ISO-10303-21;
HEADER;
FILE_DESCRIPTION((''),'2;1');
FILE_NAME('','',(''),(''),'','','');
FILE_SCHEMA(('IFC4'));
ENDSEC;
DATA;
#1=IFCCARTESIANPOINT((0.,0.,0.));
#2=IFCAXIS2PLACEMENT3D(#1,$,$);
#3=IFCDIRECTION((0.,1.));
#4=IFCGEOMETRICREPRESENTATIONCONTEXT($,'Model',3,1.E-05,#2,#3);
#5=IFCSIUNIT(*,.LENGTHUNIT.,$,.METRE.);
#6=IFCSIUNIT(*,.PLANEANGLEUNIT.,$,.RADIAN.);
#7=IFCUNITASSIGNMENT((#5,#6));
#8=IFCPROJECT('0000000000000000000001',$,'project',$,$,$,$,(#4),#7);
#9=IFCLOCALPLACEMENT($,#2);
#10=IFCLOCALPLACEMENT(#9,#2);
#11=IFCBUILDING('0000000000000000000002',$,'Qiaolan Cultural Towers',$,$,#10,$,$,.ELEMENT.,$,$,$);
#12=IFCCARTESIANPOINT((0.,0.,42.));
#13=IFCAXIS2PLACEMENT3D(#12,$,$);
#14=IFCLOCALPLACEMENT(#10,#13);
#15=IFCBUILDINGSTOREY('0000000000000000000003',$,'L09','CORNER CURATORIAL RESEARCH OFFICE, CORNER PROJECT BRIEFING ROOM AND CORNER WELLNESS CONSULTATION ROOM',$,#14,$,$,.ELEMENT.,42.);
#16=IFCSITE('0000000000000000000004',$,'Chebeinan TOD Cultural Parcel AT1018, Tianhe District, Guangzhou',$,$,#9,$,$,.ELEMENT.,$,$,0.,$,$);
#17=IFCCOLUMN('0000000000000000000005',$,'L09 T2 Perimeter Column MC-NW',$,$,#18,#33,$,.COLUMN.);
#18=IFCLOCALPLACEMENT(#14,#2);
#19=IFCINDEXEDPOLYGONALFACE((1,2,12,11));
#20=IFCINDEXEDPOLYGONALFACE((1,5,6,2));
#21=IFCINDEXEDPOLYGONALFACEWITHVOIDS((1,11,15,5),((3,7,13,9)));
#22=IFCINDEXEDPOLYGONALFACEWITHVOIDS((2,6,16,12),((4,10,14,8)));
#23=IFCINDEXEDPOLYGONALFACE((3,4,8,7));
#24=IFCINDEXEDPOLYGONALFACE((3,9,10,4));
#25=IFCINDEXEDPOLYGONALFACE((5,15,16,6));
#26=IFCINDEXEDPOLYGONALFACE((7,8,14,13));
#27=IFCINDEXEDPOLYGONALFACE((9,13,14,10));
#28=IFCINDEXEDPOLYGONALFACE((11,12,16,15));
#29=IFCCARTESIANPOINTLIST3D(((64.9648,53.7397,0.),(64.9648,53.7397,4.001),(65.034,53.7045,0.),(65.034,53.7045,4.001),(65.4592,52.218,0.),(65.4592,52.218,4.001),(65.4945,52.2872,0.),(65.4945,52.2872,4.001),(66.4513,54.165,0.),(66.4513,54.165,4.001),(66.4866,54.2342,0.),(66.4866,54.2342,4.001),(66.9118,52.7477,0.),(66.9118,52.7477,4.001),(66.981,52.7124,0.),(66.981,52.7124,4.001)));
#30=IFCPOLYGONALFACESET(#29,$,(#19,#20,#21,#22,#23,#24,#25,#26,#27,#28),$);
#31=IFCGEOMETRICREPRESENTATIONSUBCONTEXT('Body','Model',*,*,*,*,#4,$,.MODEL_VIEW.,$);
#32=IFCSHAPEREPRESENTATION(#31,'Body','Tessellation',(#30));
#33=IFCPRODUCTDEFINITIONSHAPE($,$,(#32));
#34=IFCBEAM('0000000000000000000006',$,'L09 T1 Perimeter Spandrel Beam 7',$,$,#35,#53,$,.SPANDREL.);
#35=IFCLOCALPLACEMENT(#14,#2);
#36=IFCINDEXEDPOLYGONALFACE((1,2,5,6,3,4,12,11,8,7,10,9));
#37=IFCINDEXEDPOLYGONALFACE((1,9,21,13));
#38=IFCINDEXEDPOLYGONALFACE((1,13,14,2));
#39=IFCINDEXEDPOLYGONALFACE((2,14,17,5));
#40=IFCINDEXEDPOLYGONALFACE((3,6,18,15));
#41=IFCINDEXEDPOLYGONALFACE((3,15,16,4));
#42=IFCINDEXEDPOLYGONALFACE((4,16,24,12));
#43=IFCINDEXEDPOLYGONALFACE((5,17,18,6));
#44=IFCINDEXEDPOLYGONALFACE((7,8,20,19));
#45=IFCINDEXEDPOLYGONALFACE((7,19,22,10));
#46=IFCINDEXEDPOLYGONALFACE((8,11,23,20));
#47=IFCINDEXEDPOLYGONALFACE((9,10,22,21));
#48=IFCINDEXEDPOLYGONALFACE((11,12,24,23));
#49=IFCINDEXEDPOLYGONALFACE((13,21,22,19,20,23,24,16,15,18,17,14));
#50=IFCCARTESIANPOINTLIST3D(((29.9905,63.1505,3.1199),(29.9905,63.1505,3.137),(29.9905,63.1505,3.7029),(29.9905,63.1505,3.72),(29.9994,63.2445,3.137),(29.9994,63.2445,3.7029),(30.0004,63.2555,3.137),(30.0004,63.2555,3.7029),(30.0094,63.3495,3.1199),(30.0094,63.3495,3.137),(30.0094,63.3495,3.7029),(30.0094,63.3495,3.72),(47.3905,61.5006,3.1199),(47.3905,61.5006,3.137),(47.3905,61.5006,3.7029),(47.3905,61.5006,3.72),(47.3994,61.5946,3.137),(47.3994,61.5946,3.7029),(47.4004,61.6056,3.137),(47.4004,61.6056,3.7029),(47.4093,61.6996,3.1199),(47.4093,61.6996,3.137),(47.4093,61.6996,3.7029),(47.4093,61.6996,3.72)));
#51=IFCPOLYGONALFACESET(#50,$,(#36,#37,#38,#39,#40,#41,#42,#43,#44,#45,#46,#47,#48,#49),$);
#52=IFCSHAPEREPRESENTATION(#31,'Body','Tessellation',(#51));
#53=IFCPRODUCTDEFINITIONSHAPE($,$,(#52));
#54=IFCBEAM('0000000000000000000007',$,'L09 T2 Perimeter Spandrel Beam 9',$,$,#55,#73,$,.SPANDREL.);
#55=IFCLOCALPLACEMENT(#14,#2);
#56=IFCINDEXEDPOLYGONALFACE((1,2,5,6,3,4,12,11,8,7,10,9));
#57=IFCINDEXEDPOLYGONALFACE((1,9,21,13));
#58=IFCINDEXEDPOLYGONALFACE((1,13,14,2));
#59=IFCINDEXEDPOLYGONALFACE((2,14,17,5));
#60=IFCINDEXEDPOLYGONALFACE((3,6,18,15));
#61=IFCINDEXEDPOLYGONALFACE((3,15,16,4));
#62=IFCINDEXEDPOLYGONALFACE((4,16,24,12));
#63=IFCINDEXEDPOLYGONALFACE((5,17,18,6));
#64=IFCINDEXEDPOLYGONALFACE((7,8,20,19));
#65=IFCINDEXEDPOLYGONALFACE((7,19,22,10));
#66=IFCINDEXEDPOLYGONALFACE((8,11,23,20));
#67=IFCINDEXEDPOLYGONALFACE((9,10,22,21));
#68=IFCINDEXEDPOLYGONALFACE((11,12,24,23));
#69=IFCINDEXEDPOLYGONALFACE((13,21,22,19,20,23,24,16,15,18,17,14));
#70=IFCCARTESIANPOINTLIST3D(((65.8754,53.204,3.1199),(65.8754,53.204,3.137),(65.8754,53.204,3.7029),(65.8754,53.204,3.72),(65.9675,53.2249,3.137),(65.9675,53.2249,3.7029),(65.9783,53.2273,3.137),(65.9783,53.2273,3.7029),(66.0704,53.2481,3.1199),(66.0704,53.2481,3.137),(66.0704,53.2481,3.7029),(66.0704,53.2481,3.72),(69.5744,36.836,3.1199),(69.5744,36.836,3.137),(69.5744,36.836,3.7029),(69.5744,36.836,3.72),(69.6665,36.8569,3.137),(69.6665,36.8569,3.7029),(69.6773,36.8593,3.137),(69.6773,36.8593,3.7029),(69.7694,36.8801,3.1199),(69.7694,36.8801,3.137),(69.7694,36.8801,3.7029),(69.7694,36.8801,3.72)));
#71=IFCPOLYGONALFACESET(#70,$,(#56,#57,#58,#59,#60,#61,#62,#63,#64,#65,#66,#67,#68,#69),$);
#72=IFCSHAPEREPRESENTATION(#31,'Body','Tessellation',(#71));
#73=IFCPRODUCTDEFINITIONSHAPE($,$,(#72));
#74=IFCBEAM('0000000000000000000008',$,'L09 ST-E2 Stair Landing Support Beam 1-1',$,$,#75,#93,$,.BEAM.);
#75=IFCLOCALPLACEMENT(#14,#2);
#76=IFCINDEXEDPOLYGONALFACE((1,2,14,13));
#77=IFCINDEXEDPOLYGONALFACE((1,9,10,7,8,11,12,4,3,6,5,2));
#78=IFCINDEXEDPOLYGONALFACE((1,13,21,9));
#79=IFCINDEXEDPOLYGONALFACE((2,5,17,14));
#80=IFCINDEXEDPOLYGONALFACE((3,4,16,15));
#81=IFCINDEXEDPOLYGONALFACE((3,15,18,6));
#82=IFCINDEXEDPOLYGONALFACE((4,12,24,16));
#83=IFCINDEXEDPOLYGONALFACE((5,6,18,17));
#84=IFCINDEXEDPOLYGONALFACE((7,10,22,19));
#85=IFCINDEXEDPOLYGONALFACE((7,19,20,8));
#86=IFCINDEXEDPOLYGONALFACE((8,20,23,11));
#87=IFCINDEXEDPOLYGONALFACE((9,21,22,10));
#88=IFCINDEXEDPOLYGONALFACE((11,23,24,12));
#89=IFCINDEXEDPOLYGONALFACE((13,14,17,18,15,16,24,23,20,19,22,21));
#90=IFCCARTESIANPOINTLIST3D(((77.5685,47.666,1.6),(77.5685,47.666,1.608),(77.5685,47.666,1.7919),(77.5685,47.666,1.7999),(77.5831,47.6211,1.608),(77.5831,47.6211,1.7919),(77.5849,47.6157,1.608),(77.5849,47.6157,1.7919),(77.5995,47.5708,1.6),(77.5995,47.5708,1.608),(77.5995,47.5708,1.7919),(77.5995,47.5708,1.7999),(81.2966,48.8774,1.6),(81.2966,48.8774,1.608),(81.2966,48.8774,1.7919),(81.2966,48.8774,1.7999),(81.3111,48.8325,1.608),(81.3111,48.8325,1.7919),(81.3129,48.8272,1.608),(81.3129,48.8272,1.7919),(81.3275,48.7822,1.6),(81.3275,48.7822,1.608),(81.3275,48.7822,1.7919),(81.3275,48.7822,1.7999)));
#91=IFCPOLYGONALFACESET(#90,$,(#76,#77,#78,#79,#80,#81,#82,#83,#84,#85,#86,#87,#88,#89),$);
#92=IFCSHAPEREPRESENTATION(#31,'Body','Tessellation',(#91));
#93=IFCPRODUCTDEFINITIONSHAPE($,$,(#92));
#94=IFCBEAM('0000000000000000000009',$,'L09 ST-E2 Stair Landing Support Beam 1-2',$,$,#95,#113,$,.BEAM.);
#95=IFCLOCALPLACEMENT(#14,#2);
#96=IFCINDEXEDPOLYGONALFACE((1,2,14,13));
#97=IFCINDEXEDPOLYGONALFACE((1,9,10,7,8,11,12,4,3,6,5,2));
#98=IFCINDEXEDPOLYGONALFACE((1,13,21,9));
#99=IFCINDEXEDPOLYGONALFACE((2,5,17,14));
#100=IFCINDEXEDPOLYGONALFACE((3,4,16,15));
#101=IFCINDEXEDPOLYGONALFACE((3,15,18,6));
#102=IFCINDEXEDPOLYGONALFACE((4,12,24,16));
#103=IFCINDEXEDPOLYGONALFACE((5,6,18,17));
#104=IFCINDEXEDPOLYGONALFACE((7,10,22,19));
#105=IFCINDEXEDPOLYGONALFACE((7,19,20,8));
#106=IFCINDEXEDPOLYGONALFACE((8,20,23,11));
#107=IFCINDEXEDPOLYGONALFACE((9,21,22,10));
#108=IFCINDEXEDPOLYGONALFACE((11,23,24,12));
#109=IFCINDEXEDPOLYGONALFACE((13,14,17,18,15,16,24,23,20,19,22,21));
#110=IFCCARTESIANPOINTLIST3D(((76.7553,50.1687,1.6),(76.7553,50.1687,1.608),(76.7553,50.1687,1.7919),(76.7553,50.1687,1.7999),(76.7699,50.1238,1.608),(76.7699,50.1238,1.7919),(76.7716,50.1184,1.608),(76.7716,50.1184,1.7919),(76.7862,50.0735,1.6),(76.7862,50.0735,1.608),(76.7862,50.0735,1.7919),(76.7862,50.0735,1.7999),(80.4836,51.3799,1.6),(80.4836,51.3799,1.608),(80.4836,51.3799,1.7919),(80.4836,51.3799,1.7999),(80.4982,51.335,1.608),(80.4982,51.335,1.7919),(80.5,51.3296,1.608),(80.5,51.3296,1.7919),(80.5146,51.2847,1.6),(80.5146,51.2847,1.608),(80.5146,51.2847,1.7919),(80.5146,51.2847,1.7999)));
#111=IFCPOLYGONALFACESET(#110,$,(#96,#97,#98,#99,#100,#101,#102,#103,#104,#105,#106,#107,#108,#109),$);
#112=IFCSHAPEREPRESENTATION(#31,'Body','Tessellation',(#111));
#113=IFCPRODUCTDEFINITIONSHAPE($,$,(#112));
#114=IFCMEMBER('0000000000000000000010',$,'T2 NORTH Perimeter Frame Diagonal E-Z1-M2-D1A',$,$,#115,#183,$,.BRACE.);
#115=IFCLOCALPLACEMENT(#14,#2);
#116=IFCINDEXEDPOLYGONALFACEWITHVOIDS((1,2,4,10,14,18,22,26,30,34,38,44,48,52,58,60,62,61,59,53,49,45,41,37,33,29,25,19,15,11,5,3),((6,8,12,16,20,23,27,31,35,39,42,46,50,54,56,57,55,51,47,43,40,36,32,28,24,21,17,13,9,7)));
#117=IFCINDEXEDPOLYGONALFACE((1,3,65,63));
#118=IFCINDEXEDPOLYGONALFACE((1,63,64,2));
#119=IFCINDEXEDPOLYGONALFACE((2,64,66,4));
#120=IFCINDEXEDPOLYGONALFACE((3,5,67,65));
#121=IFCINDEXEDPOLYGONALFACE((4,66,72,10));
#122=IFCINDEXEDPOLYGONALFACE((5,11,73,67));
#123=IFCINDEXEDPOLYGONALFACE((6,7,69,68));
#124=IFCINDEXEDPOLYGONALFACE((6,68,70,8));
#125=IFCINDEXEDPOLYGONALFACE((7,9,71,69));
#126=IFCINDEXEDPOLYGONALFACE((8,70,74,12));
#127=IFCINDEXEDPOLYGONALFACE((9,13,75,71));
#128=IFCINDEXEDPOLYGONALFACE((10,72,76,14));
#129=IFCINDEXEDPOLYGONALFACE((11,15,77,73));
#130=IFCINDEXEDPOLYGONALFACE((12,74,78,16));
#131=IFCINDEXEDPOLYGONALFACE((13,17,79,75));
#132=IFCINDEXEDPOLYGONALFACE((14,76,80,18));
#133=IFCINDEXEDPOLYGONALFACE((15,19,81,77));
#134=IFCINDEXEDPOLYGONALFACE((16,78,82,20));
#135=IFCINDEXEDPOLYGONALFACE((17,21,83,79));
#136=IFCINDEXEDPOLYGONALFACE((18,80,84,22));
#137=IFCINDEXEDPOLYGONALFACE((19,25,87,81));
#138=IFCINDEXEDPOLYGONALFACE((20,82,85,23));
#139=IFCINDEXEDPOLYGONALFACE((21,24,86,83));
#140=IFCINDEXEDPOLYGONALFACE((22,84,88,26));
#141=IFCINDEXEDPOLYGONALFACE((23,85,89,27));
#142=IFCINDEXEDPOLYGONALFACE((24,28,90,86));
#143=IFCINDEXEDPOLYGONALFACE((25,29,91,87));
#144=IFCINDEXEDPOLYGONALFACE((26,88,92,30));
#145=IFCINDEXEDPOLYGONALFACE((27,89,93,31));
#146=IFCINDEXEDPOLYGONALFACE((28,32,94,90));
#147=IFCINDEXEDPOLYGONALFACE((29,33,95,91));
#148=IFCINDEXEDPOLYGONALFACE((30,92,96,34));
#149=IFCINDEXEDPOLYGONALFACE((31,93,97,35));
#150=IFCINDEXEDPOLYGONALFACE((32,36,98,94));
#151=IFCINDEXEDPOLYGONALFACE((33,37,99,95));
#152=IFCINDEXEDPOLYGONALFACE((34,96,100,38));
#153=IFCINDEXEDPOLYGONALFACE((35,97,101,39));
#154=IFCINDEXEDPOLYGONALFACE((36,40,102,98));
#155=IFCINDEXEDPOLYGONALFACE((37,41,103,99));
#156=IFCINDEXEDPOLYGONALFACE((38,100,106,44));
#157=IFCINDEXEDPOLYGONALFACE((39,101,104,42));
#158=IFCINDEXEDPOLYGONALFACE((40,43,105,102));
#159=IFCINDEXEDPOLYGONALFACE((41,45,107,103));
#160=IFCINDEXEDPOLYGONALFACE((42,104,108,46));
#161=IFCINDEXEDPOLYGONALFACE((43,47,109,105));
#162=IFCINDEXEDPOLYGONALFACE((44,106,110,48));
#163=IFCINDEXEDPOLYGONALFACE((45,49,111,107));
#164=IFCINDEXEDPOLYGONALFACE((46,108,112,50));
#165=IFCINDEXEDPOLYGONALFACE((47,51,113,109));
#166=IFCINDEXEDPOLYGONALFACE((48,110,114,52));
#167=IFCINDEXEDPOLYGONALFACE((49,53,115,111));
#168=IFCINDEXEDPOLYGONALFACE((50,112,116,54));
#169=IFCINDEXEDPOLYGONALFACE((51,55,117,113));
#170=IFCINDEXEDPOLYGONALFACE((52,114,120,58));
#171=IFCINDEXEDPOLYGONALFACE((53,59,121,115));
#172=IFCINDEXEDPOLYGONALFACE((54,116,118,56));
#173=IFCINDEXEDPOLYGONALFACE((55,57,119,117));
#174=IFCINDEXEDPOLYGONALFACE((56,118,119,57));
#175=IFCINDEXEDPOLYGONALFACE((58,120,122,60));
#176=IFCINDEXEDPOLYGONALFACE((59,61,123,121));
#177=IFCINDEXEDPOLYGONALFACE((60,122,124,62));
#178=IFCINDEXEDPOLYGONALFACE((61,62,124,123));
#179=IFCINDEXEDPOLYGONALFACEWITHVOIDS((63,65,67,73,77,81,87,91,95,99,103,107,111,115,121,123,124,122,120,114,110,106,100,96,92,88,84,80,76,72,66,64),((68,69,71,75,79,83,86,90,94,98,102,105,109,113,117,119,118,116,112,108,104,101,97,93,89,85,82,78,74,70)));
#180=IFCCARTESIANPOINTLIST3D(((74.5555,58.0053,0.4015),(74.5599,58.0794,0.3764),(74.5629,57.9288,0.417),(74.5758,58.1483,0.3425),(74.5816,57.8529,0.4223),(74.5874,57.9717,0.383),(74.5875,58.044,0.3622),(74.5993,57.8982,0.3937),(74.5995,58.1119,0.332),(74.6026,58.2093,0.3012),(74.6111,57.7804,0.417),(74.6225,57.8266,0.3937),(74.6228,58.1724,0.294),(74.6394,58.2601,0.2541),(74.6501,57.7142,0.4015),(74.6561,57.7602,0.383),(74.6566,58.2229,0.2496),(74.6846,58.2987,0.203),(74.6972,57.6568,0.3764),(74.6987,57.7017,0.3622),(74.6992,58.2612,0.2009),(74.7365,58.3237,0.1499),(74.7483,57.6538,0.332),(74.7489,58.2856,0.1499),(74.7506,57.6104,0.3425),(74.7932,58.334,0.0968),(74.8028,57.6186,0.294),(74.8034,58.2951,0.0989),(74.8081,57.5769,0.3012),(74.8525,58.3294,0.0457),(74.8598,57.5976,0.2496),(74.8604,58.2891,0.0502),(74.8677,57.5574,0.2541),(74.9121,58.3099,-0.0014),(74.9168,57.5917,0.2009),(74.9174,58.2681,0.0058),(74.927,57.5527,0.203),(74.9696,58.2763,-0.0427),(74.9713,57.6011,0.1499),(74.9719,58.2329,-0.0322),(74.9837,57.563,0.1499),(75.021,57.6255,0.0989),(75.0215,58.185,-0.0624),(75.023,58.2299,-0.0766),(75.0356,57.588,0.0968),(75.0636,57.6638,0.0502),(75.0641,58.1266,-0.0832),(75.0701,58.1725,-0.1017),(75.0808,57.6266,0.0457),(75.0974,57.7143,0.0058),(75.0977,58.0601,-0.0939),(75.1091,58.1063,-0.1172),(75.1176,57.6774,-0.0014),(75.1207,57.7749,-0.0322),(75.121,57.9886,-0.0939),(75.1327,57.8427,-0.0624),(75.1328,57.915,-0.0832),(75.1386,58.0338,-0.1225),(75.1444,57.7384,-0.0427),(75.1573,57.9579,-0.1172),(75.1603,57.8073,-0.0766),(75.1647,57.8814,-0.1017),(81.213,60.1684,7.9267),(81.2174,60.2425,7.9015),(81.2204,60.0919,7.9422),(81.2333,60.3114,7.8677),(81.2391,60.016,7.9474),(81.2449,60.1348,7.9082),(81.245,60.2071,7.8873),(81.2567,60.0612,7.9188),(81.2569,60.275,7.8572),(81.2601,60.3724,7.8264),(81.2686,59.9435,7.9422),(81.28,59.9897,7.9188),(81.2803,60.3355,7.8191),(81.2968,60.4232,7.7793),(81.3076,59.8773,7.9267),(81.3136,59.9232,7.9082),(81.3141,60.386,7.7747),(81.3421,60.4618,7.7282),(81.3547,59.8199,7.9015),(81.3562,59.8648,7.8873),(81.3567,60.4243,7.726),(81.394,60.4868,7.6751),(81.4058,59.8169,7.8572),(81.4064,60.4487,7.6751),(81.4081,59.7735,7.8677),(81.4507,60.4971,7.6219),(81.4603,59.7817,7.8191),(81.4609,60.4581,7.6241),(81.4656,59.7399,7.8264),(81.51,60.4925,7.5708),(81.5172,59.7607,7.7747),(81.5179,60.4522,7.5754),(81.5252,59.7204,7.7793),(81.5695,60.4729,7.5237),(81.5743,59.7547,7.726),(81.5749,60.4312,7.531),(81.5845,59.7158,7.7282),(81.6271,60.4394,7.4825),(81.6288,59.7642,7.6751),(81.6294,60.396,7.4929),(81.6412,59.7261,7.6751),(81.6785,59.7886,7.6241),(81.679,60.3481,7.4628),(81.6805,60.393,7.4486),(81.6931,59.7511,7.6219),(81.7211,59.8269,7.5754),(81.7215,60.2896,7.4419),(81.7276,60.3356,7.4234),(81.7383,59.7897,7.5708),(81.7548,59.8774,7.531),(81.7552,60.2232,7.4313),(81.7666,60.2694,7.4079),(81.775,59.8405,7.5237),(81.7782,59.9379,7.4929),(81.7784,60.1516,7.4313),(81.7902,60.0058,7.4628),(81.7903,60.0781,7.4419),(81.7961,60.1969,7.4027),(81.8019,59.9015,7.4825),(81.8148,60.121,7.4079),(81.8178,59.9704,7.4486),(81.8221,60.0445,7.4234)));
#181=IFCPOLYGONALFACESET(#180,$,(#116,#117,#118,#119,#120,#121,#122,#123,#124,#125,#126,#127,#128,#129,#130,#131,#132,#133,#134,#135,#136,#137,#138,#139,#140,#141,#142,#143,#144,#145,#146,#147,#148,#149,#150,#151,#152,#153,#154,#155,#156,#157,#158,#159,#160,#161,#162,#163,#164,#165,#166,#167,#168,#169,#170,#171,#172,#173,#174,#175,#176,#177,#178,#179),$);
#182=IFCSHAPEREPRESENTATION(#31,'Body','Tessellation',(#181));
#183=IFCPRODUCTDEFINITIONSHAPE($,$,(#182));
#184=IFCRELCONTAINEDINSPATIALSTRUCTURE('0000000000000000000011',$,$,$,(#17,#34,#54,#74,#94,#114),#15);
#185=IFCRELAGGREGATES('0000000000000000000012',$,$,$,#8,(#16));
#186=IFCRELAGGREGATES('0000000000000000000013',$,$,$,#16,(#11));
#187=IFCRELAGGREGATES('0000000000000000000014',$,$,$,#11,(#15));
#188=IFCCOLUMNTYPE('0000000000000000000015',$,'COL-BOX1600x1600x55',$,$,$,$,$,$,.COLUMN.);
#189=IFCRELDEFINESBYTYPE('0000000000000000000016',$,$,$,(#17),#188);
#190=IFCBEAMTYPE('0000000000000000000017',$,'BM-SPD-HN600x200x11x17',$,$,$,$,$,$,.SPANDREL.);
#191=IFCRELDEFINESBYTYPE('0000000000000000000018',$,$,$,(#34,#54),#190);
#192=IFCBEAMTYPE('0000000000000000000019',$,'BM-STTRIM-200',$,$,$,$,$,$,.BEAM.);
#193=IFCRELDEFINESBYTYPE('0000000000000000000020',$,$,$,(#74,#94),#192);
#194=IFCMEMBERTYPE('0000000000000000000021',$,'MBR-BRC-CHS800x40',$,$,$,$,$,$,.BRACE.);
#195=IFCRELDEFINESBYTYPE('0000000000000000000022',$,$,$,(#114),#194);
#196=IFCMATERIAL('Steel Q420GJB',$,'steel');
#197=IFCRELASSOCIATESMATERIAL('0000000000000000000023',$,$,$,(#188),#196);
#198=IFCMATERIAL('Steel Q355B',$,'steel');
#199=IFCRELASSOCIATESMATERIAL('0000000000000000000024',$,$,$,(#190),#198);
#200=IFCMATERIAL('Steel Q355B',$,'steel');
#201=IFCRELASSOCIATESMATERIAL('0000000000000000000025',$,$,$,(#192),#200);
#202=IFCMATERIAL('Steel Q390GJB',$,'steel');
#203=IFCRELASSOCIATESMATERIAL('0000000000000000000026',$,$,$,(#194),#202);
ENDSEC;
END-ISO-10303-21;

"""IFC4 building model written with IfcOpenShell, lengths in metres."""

from ifc_helpers import new_model, si_unit, direction, frame, origin, origin_2d, place, context, subcontext, project, spatial, hollow_rectangle, hollow_circle, i_section, extrude, material, material_profile, profile_set, type_object, element, save


model = new_model("IFC4")

# Units and contexts
model_context = context("Model", 3, precision=1e-05, world=origin(), true_north=direction((0.0, 1.0)))
body_context = subcontext(model_context, "Body", "Model", "MODEL_VIEW")
ifc_project = project(units=[si_unit("LENGTHUNIT", "METRE"), si_unit("PLANEANGLEUNIT", "RADIAN")], contexts=[model_context])

# Site, building, storey
site_placement = place(None, origin())
site = spatial("IfcSite", under=ifc_project, at=site_placement, Name="Chebeinan TOD Cultural Parcel AT1018, Tianhe District, Guangzhou", CompositionType="ELEMENT", RefElevation=0.0)
building_placement = place(site_placement, origin())
building = spatial("IfcBuilding", under=site, at=building_placement, Name="Qiaolan Cultural Towers", CompositionType="ELEMENT")
storey_placement = place(building_placement, frame((0.0, 0.0, 42.0)))
storey = spatial("IfcBuildingStorey", under=building, at=storey_placement, Name="L09", Description="CORNER CURATORIAL RESEARCH OFFICE, CORNER PROJECT BRIEFING ROOM AND CORNER WELLNESS CONSULTATION ROOM", CompositionType="ELEMENT", Elevation=42.0)

# Column
ifc_material_1 = material(Name="Steel Q420GJB", Category="steel")
ifc_material_profile_1 = material_profile(ifc_material_1, hollow_rectangle(XDim=1.6001, YDim=1.6001, WallThickness=0.0549, at=origin_2d()), Name="BOX1600x1600x55")
ifc_profile_set_1 = profile_set([ifc_material_profile_1], Name="Steel Q420GJB")
column_type = type_object("IfcColumnType", Name="COL-BOX1600x1600x55", PredefinedType="COLUMN", material=ifc_profile_set_1)
column_placement = place(storey_placement, frame((65.9729, 53.2261, 0.0), z_axis=(0.0, 0.0, 1.0), x_axis=(0.951057, 0.309017, 0.0)))
element("IfcColumn", 1, at=column_placement, inside=storey, type_object=column_type, Name="L09 T2 Perimeter Column MC-NW", PredefinedType="COLUMN", context=body_context, shape_type="SweptSolid", body=[
    extrude(hollow_rectangle(XDim=1.6001, YDim=1.6001, WallThickness=0.0549, at=origin_2d()), origin(), (0.0, 0.0, 1.0), 4.001),
])

# Beams
ifc_material_2 = material(Name="Steel Q355B", Category="steel")
ifc_material_profile_2 = material_profile(ifc_material_2, i_section(OverallWidth=0.2, OverallDepth=0.6001, WebThickness=0.011, FlangeThickness=0.0171, at=origin_2d()), Name="HN600x200x11x17")
ifc_profile_set_2 = profile_set([ifc_material_profile_2], Name="Steel Q355B")
beam_type_1 = type_object("IfcBeamType", Name="BM-SPD-HN600x200x11x17", PredefinedType="SPANDREL", material=ifc_profile_set_2)
beam_1_placement = place(storey_placement, frame((47.3999, 61.6001, 3.4199), z_axis=(-0.995534, 0.094399, 0.0), x_axis=(-0.094399, -0.995534, 0.0)))
element("IfcBeam", 2, at=beam_1_placement, inside=storey, type_object=beam_type_1, Name="L09 T1 Perimeter Spandrel Beam 7", PredefinedType="SPANDREL", context=body_context, shape_type="SweptSolid", body=[
    extrude(i_section(OverallWidth=0.2, OverallDepth=0.6001, WebThickness=0.011, FlangeThickness=0.0171, at=origin_2d()), origin(), (0.0, 0.0, 1.0), 17.478),
])
beam_2_placement = place(storey_placement, frame((65.9729, 53.2261, 3.4199), z_axis=(0.220431, -0.975403, 0.0), x_axis=(0.975403, 0.220431, 0.0)))
element("IfcBeam", 3, at=beam_2_placement, inside=storey, type_object=beam_type_1, Name="L09 T2 Perimeter Spandrel Beam 9", PredefinedType="SPANDREL", context=body_context, shape_type="SweptSolid", body=[
    extrude(i_section(OverallWidth=0.2, OverallDepth=0.6001, WebThickness=0.011, FlangeThickness=0.0171, at=origin_2d()), origin(), (0.0, 0.0, 1.0), 16.7808),
])
ifc_material_3 = material(Name="Steel Q355B", Category="steel")
ifc_material_profile_3 = material_profile(ifc_material_3, i_section(OverallWidth=0.1001, OverallDepth=0.2, WebThickness=0.0056, FlangeThickness=0.0081, at=origin_2d()), Name="HN200x100x5.5x8")
ifc_profile_set_3 = profile_set([ifc_material_profile_3], Name="Steel Q355B")
beam_type_2 = type_object("IfcBeamType", Name="BM-STTRIM-200", PredefinedType="BEAM", material=ifc_profile_set_3)
beam_3_placement = place(storey_placement, frame((77.584, 47.6184, 1.7), z_axis=(0.951048, 0.309044, 0.0), x_axis=(-0.309044, 0.951048, 0.0)))
element("IfcBeam", 4, at=beam_3_placement, inside=storey, type_object=beam_type_2, Name="L09 ST-E2 Stair Landing Support Beam 1-1", PredefinedType="BEAM", context=body_context, shape_type="SweptSolid", body=[
    extrude(i_section(OverallWidth=0.1001, OverallDepth=0.2, WebThickness=0.0056, FlangeThickness=0.0081, at=origin_2d()), origin(), (0.0, 0.0, 1.0), 3.9199),
])
beam_4_placement = place(storey_placement, frame((76.7708, 50.1211, 1.7), z_axis=(0.951072, 0.308969, 0.0), x_axis=(-0.308969, 0.951072, 0.0)))
element("IfcBeam", 5, at=beam_4_placement, inside=storey, type_object=beam_type_2, Name="L09 ST-E2 Stair Landing Support Beam 1-2", PredefinedType="BEAM", context=body_context, shape_type="SweptSolid", body=[
    extrude(i_section(OverallWidth=0.1001, OverallDepth=0.2, WebThickness=0.0056, FlangeThickness=0.0081, at=origin_2d()), origin(), (0.0, 0.0, 1.0), 3.9202),
])

# Member
ifc_material_4 = material(Name="Steel Q390GJB", Category="steel")
ifc_material_profile_4 = material_profile(ifc_material_4, hollow_circle(Radius=0.3999, WallThickness=0.04, at=origin_2d()), Name="CHS800x40")
ifc_profile_set_4 = profile_set([ifc_material_profile_4], Name="Steel Q390GJB")
member_type_1 = type_object("IfcMemberType", Name="MBR-BRC-CHS800x40", PredefinedType="BRACE", material=ifc_profile_set_4)
member_1_placement = place(storey_placement, frame((74.8601, 57.9434, 0.1499), z_axis=(0.647766, 0.210466, 0.73219), x_axis=(-0.30901, 0.951059, 0.0)))
element("IfcMember", 6, at=member_1_placement, inside=storey, type_object=member_type_1, Name="T2 NORTH Perimeter Frame Diagonal E-Z1-M2-D1A", PredefinedType="BRACE", context=body_context, shape_type="SweptSolid", body=[
    extrude(hollow_circle(Radius=0.3999, WallThickness=0.04, at=origin_2d()), origin(), (0.0, 0.0, 1.0), 10.2776),
])

save(model, "model.ifc")
